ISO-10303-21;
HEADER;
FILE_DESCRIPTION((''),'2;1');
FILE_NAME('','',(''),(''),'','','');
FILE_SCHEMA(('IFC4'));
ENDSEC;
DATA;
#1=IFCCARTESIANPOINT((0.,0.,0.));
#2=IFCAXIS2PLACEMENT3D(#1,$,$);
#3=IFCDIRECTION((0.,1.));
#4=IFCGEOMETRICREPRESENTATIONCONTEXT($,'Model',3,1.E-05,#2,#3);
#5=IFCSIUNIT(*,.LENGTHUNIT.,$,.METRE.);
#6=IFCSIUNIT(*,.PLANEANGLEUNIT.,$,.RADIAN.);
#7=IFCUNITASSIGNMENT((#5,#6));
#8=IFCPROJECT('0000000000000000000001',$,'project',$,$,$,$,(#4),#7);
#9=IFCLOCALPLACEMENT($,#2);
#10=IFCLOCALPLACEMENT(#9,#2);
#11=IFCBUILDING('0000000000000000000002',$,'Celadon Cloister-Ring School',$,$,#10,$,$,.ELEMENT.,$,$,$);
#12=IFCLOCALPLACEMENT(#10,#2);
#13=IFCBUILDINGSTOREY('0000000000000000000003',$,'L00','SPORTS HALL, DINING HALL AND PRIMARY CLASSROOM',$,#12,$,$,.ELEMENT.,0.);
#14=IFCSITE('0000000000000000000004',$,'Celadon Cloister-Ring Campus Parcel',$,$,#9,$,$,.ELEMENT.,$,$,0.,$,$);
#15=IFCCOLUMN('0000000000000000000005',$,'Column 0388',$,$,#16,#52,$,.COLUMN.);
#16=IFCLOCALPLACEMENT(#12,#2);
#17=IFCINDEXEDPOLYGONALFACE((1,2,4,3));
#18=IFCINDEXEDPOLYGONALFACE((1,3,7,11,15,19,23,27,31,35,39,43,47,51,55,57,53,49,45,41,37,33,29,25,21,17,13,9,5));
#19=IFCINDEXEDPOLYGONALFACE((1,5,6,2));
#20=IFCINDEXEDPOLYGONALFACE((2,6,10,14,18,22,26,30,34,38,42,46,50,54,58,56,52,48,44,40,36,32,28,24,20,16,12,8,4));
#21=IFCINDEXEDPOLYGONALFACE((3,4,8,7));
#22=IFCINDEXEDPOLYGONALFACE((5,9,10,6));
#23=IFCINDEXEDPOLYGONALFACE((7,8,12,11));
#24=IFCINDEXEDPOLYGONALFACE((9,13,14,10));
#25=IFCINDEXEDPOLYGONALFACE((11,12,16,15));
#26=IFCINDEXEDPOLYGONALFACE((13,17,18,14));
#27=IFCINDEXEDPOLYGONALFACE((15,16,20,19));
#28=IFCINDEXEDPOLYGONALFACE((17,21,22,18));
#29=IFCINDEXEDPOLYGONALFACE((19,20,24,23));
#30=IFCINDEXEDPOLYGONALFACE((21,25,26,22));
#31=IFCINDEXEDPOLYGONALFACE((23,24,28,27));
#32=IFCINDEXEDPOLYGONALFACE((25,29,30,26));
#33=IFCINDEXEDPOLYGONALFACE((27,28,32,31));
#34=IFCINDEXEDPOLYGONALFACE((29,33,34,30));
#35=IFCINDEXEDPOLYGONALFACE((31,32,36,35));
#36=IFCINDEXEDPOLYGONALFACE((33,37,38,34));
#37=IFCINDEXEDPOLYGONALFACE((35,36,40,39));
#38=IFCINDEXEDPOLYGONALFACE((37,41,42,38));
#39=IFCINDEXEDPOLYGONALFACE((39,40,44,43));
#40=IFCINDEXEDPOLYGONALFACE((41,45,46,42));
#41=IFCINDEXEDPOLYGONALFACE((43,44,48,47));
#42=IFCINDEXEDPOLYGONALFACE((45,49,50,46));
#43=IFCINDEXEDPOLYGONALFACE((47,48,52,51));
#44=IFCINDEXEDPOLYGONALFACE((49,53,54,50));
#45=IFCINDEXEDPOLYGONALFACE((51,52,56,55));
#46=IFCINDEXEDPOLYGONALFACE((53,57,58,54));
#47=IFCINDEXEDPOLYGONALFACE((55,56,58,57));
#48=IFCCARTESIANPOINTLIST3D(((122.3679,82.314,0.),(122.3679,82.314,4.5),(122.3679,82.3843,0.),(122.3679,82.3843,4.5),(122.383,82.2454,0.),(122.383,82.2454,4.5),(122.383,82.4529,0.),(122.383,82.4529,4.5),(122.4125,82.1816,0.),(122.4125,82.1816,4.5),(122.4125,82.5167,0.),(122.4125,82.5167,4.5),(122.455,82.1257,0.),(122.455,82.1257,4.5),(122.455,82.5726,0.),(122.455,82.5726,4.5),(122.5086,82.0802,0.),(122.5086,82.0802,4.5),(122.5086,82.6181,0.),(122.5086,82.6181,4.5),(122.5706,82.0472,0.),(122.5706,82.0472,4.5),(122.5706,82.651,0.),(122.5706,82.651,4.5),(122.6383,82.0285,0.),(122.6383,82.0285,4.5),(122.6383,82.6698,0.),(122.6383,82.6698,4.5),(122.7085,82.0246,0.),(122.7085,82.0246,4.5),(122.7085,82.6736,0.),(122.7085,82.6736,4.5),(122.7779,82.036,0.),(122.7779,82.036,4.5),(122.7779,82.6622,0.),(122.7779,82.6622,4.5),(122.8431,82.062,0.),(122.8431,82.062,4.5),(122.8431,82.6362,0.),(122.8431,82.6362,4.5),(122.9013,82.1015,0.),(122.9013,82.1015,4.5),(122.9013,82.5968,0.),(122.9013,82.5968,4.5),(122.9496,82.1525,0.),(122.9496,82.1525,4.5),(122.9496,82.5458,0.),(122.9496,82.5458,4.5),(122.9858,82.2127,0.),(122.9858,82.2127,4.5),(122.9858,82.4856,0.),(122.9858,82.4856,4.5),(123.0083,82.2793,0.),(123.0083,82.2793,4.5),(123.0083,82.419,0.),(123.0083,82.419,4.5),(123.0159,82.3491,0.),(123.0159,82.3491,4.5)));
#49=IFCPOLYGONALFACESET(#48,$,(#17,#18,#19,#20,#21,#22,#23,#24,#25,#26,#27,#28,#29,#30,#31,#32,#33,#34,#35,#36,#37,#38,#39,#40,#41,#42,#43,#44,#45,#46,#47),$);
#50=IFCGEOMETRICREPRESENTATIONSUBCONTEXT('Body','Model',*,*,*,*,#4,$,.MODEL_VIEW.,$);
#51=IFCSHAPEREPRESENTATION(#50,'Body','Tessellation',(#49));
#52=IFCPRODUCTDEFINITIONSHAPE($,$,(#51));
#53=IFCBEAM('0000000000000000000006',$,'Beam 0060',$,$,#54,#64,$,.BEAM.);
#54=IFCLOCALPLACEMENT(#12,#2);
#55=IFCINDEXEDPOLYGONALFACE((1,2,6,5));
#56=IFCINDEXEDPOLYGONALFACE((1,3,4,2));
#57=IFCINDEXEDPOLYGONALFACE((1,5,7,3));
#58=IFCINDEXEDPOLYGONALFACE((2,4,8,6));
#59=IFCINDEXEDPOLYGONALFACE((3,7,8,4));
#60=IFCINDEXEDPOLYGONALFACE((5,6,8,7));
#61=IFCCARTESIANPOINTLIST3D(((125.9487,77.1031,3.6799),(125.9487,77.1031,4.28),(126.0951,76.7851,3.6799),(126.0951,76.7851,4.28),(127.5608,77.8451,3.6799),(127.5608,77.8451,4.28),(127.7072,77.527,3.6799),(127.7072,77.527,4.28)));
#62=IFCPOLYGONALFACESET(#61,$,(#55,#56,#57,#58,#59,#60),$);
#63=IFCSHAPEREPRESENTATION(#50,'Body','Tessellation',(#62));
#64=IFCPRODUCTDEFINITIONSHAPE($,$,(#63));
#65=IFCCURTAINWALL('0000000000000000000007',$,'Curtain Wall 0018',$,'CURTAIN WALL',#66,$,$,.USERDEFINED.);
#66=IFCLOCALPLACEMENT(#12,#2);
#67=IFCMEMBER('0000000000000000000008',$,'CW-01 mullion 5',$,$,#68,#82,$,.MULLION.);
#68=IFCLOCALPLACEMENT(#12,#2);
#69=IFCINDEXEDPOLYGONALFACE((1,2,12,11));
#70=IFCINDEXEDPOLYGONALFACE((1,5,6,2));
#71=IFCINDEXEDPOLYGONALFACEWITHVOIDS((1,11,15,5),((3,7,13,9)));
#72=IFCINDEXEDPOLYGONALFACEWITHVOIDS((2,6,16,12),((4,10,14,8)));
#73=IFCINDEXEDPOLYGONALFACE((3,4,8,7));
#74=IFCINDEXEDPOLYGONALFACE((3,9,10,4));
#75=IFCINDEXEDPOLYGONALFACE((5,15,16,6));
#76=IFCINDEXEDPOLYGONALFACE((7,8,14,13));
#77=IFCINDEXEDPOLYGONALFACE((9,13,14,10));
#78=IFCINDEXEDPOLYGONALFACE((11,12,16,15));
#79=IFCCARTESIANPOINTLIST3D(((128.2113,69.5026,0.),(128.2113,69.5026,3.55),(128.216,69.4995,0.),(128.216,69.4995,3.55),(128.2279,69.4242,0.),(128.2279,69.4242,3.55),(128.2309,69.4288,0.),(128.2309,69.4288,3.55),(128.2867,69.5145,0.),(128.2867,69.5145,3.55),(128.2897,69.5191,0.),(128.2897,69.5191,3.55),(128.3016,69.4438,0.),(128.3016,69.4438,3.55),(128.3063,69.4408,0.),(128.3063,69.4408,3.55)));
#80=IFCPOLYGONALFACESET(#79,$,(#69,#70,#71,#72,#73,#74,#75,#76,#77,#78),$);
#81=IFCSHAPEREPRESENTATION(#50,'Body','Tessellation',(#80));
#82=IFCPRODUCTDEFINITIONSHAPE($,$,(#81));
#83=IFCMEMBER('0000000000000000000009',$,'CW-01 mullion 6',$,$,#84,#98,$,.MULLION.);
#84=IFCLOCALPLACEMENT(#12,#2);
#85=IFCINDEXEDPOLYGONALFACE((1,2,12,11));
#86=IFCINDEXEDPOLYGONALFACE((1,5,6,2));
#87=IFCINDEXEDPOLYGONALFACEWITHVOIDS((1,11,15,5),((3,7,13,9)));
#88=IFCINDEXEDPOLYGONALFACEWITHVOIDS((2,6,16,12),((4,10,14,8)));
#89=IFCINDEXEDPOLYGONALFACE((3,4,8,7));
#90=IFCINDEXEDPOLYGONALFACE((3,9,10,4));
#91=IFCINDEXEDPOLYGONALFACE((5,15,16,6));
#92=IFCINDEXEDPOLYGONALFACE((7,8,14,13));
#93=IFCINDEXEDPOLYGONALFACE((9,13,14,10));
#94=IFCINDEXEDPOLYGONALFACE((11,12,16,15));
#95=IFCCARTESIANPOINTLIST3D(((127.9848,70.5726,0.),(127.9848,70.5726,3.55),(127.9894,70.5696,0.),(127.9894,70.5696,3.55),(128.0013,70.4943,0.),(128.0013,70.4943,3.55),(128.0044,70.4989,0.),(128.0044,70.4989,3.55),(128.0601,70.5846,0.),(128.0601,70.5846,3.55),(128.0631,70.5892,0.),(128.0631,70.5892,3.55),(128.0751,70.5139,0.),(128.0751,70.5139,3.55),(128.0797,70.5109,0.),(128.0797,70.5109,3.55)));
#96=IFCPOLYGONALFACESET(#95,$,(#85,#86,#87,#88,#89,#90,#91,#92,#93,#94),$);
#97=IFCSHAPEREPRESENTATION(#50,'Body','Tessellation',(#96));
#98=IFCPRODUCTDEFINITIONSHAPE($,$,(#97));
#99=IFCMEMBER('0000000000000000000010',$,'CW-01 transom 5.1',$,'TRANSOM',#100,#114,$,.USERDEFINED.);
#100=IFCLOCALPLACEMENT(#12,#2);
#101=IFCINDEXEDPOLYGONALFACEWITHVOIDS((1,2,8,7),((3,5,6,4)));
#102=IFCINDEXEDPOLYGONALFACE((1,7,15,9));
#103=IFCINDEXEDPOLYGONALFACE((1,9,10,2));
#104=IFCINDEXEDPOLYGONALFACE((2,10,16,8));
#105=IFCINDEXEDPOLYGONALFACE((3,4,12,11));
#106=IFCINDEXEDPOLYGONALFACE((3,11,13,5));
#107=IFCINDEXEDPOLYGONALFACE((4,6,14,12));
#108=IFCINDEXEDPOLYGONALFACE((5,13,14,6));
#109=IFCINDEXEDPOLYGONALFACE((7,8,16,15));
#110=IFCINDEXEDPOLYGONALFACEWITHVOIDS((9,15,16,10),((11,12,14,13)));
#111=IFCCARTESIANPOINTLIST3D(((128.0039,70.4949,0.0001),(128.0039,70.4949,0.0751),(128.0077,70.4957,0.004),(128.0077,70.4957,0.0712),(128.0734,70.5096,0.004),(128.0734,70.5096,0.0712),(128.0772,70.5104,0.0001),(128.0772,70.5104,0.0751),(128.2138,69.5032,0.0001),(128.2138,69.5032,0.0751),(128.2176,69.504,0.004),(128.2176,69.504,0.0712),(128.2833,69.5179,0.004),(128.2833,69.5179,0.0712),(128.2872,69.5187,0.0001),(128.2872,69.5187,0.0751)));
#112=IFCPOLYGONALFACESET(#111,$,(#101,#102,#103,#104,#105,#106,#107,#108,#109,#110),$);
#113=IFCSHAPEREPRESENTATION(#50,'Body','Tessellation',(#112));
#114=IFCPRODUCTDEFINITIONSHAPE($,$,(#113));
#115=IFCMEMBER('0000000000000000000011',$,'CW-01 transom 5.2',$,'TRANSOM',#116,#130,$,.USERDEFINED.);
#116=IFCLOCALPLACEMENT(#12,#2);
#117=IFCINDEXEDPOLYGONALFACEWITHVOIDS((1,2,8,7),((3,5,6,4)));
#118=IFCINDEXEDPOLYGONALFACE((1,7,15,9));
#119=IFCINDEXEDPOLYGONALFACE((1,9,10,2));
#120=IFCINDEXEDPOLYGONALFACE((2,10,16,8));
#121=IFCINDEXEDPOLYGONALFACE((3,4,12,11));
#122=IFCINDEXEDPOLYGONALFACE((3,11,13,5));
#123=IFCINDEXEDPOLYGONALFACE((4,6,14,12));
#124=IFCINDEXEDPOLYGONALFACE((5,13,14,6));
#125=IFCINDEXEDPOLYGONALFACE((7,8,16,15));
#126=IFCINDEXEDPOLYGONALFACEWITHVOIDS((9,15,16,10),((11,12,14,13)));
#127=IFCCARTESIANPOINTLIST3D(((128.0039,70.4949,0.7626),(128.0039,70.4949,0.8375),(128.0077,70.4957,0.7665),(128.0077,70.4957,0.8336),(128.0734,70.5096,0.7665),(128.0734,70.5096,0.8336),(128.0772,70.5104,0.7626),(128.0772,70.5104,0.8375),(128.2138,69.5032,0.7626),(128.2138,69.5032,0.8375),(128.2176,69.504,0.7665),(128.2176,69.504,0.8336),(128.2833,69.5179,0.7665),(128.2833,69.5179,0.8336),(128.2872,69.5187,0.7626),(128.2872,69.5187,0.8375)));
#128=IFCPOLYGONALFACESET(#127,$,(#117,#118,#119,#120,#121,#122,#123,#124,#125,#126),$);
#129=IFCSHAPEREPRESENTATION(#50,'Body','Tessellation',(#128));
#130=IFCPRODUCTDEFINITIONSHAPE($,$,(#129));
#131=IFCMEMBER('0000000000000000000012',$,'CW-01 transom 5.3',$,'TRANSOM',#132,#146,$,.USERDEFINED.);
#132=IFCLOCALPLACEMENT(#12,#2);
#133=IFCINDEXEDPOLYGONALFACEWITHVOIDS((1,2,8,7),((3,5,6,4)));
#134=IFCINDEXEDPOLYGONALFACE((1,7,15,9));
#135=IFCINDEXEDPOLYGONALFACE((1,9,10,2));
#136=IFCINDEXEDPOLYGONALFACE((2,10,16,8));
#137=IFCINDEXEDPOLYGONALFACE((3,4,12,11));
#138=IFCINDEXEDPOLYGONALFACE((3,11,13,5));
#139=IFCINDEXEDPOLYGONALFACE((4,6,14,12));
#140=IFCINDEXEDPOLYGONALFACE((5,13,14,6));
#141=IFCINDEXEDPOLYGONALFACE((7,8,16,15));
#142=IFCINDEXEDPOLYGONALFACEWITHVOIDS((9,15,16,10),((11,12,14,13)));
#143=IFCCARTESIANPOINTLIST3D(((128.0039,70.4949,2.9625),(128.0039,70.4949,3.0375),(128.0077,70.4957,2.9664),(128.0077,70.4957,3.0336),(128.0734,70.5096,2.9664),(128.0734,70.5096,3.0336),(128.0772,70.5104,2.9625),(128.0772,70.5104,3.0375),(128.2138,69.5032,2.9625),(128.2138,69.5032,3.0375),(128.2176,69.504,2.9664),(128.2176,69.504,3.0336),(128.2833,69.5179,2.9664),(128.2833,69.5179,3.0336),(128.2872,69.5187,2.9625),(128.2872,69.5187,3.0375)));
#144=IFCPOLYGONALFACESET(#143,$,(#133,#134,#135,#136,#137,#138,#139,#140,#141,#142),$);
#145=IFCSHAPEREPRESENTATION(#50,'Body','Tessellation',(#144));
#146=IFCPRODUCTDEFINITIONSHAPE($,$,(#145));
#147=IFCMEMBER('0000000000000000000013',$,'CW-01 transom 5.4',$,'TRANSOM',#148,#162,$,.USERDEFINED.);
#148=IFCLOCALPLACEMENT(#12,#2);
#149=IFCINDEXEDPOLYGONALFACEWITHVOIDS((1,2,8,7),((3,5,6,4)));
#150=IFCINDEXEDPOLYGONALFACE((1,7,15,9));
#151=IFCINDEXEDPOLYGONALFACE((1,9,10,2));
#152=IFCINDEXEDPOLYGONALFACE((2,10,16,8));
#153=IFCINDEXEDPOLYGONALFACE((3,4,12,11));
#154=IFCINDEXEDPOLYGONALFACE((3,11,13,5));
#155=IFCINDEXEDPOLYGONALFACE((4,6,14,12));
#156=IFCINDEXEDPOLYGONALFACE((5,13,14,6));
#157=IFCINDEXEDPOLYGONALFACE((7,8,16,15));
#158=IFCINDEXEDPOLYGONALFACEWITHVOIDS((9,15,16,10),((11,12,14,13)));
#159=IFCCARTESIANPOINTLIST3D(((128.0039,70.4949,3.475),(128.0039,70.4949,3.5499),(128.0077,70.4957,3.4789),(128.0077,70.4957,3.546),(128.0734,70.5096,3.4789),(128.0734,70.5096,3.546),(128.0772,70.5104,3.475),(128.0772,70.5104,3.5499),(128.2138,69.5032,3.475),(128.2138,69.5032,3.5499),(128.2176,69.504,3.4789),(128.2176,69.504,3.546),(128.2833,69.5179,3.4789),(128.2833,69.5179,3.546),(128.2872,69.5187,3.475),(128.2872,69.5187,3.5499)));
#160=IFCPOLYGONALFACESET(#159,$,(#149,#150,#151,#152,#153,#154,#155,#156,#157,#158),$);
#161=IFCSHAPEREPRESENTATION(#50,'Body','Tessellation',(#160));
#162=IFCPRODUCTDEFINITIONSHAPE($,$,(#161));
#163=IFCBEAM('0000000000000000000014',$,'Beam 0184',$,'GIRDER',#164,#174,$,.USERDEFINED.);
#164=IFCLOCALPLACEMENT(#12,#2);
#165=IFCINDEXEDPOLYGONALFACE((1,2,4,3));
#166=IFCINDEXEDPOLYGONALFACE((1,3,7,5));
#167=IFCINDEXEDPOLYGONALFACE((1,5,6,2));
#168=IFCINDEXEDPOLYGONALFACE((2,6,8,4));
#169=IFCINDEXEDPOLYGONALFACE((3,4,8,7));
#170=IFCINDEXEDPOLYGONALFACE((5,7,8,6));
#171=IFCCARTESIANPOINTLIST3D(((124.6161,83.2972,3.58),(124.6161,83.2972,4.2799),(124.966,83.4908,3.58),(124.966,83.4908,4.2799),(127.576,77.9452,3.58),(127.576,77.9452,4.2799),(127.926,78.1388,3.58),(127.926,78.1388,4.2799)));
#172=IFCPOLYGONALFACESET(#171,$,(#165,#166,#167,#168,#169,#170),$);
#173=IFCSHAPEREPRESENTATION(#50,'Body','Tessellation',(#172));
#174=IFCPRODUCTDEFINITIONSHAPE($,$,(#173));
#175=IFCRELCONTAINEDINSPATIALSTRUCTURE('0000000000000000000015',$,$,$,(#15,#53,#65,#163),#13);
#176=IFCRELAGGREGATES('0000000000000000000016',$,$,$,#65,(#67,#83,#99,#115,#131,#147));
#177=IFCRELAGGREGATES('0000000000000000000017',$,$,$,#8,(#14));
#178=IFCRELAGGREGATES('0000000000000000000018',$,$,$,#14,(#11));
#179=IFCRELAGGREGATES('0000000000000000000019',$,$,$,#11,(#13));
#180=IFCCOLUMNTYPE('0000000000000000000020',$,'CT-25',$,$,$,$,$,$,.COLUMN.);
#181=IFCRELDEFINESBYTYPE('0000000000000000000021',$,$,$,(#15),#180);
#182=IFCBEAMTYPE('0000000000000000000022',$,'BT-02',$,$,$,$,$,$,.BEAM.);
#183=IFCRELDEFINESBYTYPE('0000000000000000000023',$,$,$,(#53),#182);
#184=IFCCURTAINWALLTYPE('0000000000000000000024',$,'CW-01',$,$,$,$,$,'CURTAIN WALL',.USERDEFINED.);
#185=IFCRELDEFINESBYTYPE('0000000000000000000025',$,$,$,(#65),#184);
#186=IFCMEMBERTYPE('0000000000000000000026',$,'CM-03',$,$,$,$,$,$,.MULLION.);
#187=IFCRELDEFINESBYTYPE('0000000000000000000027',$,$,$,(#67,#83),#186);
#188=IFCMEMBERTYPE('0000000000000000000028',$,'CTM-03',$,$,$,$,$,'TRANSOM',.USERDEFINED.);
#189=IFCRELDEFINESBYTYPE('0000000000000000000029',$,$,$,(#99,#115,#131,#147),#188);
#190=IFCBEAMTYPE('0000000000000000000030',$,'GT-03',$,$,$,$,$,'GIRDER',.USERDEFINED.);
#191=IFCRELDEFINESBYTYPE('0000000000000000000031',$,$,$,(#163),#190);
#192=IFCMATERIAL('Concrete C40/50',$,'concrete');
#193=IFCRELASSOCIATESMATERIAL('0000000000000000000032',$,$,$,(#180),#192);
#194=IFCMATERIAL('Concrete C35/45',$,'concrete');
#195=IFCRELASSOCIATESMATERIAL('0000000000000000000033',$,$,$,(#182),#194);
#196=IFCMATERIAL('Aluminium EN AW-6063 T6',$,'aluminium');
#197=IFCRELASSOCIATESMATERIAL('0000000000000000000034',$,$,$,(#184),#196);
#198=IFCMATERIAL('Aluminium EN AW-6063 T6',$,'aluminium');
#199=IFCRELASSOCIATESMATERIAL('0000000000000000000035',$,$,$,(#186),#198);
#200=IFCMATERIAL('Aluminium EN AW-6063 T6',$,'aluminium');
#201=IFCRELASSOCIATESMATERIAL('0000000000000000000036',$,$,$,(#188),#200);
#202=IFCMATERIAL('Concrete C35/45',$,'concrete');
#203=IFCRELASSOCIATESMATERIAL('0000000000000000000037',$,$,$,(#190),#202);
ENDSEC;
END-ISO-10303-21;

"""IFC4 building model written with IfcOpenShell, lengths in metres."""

from ifc_helpers import new_model, si_unit, direction, frame, origin, origin_2d, place, context, subcontext, project, spatial, rectangle, hollow_rectangle, circle, extrude, material, material_profile, profile_set, type_object, element, aggregate, save


model = new_model("IFC4")

# Units and contexts
model_context = context("Model", 3, precision=1e-05, world=origin(), true_north=direction((0.0, 1.0)))
body_context = subcontext(model_context, "Body", "Model", "MODEL_VIEW")
ifc_project = project(units=[si_unit("LENGTHUNIT", "METRE"), si_unit("PLANEANGLEUNIT", "RADIAN")], contexts=[model_context])

# Site, building, storey
site_placement = place(None, origin())
site = spatial("IfcSite", under=ifc_project, at=site_placement, Name="Celadon Cloister-Ring Campus Parcel", CompositionType="ELEMENT", RefElevation=0.0)
building_placement = place(site_placement, origin())
building = spatial("IfcBuilding", under=site, at=building_placement, Name="Celadon Cloister-Ring School", CompositionType="ELEMENT")
storey_placement = place(building_placement, origin())
storey = spatial("IfcBuildingStorey", under=building, at=storey_placement, Name="L00", Description="SPORTS HALL, DINING HALL AND PRIMARY CLASSROOM", CompositionType="ELEMENT", Elevation=0.0)

# Column
ifc_material_1 = material(Name="Concrete C40/50", Category="concrete")
ifc_material_profile_1 = material_profile(ifc_material_1, circle(Radius=0.325, at=origin_2d()), Name="CIRC650")
ifc_profile_set_1 = profile_set([ifc_material_profile_1], Name="Concrete C40/50")
column_type_1 = type_object("IfcColumnType", Name="CT-25", PredefinedType="COLUMN", material=ifc_profile_set_1)
for number, where, z_axis, x_axis, name in (
    (1, (122.6909, 82.3491, 0.0), (0.0, 0.0, 1.0), (1.0, 0.0, 0.0), "Column 0388"),
):
    element("IfcColumn", number, at=place(storey_placement, frame(where, z_axis=z_axis, x_axis=x_axis)), inside=storey, type_object=column_type_1, Name=name, PredefinedType="COLUMN", context=body_context, shape_type="SweptSolid", body=[
        extrude(circle(Radius=0.325, at=origin_2d()), origin(), (0.0, 0.0, 1.0), 4.5),
    ])

# Beam
ifc_material_2 = material(Name="Concrete C35/45", Category="concrete")
ifc_material_profile_2 = material_profile(ifc_material_2, rectangle(XDim=0.3501, YDim=0.6001, at=origin_2d()), Name="RC350X600")
ifc_profile_set_2 = profile_set([ifc_material_profile_2], Name="Concrete C35/45")
beam_type_1 = type_object("IfcBeamType", Name="BT-02", PredefinedType="BEAM", material=ifc_profile_set_2)
beam_1_placement = place(storey_placement, frame((127.634, 77.686, 3.98), z_axis=(-0.908406, -0.41809, 0.0), x_axis=(0.41809, -0.908406, 0.0)))
element("IfcBeam", 2, at=beam_1_placement, inside=storey, type_object=beam_type_1, Name="Beam 0060", PredefinedType="BEAM", context=body_context, shape_type="SweptSolid", body=[
    extrude(rectangle(XDim=0.3501, YDim=0.6001, at=origin_2d()), origin(), (0.0, 0.0, 1.0), 1.7747),
])

# Curtain wall, members
ifc_material_3 = material(Name="Aluminium EN AW-6063 T6", Category="aluminium")
curtain_wall_type = type_object("IfcCurtainWallType", Name="CW-01", ElementType="CURTAIN WALL", PredefinedType="USERDEFINED", material=ifc_material_3)
curtain_wall_placement = place(storey_placement, origin())
curtain_wall = element("IfcCurtainWall", 3, at=curtain_wall_placement, inside=storey, type_object=curtain_wall_type, Name="Curtain Wall 0018", ObjectType="CURTAIN WALL", PredefinedType="USERDEFINED")
ifc_material_4 = material(Name="Aluminium EN AW-6063 T6", Category="aluminium")
ifc_material_profile_3 = material_profile(ifc_material_4, hollow_rectangle(XDim=0.0801, YDim=0.0801, WallThickness=0.0039, at=origin_2d()), Name="RHS80X80X4")
ifc_profile_set_3 = profile_set([ifc_material_profile_3], Name="Aluminium EN AW-6063 T6")
member_type_1 = type_object("IfcMemberType", Name="CM-03", PredefinedType="MULLION", material=ifc_profile_set_3)
member_1_placement = place(storey_placement, frame((128.2588, 69.4717, 0.0), z_axis=(0.0, 0.0, 1.0), x_axis=(-0.978321, -0.207095, 0.0)))
member_1 = element("IfcMember", 4, at=member_1_placement, type_object=member_type_1, Name="CW-01 mullion 5", PredefinedType="MULLION", context=body_context, shape_type="SweptSolid", body=[
    extrude(hollow_rectangle(XDim=0.0801, YDim=0.0801, WallThickness=0.0039, at=origin_2d()), origin(), (0.0, 0.0, 1.0), 3.55),
])
member_2_placement = place(storey_placement, frame((128.0322, 70.5417, 0.0), z_axis=(0.0, 0.0, 1.0), x_axis=(-0.978321, -0.207095, 0.0)))
member_2 = element("IfcMember", 5, at=member_2_placement, type_object=member_type_1, Name="CW-01 mullion 6", PredefinedType="MULLION", context=body_context, shape_type="SweptSolid", body=[
    extrude(hollow_rectangle(XDim=0.0801, YDim=0.0801, WallThickness=0.0039, at=origin_2d()), origin(), (0.0, 0.0, 1.0), 3.55),
])
ifc_material_5 = material(Name="Aluminium EN AW-6063 T6", Category="aluminium")
ifc_material_profile_4 = material_profile(ifc_material_5, hollow_rectangle(XDim=0.075, YDim=0.075, WallThickness=0.0039, at=origin_2d()), Name="RHS75X75X4")
ifc_profile_set_4 = profile_set([ifc_material_profile_4], Name="Aluminium EN AW-6063 T6")
member_type_2 = type_object("IfcMemberType", Name="CTM-03", ElementType="TRANSOM", PredefinedType="USERDEFINED", material=ifc_profile_set_4)
member_3_placement = place(storey_placement, frame((128.2505, 69.511, 0.0376), z_axis=(-0.207127, 0.978314, 0.0), x_axis=(-0.978314, -0.207127, 0.0)))
member_3 = element("IfcMember", 6, at=member_3_placement, type_object=member_type_2, Name="CW-01 transom 5.1", ObjectType="TRANSOM", PredefinedType="USERDEFINED", context=body_context, shape_type="SweptSolid", body=[
    extrude(hollow_rectangle(XDim=0.075, YDim=0.075, WallThickness=0.0039, at=origin_2d()), origin(), (0.0, 0.0, 1.0), 1.0137),
])
member_4_placement = place(storey_placement, frame((128.2505, 69.511, 0.8), z_axis=(-0.207127, 0.978314, 0.0), x_axis=(-0.978314, -0.207127, 0.0)))
member_4 = element("IfcMember", 7, at=member_4_placement, type_object=member_type_2, Name="CW-01 transom 5.2", ObjectType="TRANSOM", PredefinedType="USERDEFINED", context=body_context, shape_type="SweptSolid", body=[
    extrude(hollow_rectangle(XDim=0.075, YDim=0.075, WallThickness=0.0039, at=origin_2d()), origin(), (0.0, 0.0, 1.0), 1.0137),
])
member_5_placement = place(storey_placement, frame((128.2505, 69.511, 3.0), z_axis=(-0.207127, 0.978314, 0.0), x_axis=(-0.978314, -0.207127, 0.0)))
member_5 = element("IfcMember", 8, at=member_5_placement, type_object=member_type_2, Name="CW-01 transom 5.3", ObjectType="TRANSOM", PredefinedType="USERDEFINED", context=body_context, shape_type="SweptSolid", body=[
    extrude(hollow_rectangle(XDim=0.075, YDim=0.075, WallThickness=0.0039, at=origin_2d()), origin(), (0.0, 0.0, 1.0), 1.0137),
])
member_6_placement = place(storey_placement, frame((128.2505, 69.511, 3.5125), z_axis=(-0.207127, 0.978314, 0.0), x_axis=(-0.978314, -0.207127, 0.0)))
member_6 = element("IfcMember", 9, at=member_6_placement, type_object=member_type_2, Name="CW-01 transom 5.4", ObjectType="TRANSOM", PredefinedType="USERDEFINED", context=body_context, shape_type="SweptSolid", body=[
    extrude(hollow_rectangle(XDim=0.075, YDim=0.075, WallThickness=0.0039, at=origin_2d()), origin(), (0.0, 0.0, 1.0), 1.0137),
])

# Beam
ifc_material_6 = material(Name="Concrete C35/45", Category="concrete")
ifc_material_profile_5 = material_profile(ifc_material_6, rectangle(XDim=0.3999, YDim=0.7, at=origin_2d()), Name="RC400X700")
ifc_profile_set_5 = profile_set([ifc_material_profile_5], Name="Concrete C35/45")
beam_type_2 = type_object("IfcBeamType", Name="GT-03", ElementType="GIRDER", PredefinedType="USERDEFINED", material=ifc_profile_set_5)
beam_2_placement = place(storey_placement, frame((127.751, 78.042, 3.9299), z_axis=(-0.483968, 0.875086, 0.0), x_axis=(-0.875086, -0.483968, 0.0)))
element("IfcBeam", 10, at=beam_2_placement, inside=storey, type_object=beam_type_2, Name="Beam 0184", ObjectType="GIRDER", PredefinedType="USERDEFINED", context=body_context, shape_type="SweptSolid", body=[
    extrude(rectangle(XDim=0.3999, YDim=0.7, at=origin_2d()), origin(), (0.0, 0.0, 1.0), 6.116),
])

aggregate(curtain_wall, [member_1, member_2, member_3, member_4, member_5, member_6])

save(model, "model.ifc")
